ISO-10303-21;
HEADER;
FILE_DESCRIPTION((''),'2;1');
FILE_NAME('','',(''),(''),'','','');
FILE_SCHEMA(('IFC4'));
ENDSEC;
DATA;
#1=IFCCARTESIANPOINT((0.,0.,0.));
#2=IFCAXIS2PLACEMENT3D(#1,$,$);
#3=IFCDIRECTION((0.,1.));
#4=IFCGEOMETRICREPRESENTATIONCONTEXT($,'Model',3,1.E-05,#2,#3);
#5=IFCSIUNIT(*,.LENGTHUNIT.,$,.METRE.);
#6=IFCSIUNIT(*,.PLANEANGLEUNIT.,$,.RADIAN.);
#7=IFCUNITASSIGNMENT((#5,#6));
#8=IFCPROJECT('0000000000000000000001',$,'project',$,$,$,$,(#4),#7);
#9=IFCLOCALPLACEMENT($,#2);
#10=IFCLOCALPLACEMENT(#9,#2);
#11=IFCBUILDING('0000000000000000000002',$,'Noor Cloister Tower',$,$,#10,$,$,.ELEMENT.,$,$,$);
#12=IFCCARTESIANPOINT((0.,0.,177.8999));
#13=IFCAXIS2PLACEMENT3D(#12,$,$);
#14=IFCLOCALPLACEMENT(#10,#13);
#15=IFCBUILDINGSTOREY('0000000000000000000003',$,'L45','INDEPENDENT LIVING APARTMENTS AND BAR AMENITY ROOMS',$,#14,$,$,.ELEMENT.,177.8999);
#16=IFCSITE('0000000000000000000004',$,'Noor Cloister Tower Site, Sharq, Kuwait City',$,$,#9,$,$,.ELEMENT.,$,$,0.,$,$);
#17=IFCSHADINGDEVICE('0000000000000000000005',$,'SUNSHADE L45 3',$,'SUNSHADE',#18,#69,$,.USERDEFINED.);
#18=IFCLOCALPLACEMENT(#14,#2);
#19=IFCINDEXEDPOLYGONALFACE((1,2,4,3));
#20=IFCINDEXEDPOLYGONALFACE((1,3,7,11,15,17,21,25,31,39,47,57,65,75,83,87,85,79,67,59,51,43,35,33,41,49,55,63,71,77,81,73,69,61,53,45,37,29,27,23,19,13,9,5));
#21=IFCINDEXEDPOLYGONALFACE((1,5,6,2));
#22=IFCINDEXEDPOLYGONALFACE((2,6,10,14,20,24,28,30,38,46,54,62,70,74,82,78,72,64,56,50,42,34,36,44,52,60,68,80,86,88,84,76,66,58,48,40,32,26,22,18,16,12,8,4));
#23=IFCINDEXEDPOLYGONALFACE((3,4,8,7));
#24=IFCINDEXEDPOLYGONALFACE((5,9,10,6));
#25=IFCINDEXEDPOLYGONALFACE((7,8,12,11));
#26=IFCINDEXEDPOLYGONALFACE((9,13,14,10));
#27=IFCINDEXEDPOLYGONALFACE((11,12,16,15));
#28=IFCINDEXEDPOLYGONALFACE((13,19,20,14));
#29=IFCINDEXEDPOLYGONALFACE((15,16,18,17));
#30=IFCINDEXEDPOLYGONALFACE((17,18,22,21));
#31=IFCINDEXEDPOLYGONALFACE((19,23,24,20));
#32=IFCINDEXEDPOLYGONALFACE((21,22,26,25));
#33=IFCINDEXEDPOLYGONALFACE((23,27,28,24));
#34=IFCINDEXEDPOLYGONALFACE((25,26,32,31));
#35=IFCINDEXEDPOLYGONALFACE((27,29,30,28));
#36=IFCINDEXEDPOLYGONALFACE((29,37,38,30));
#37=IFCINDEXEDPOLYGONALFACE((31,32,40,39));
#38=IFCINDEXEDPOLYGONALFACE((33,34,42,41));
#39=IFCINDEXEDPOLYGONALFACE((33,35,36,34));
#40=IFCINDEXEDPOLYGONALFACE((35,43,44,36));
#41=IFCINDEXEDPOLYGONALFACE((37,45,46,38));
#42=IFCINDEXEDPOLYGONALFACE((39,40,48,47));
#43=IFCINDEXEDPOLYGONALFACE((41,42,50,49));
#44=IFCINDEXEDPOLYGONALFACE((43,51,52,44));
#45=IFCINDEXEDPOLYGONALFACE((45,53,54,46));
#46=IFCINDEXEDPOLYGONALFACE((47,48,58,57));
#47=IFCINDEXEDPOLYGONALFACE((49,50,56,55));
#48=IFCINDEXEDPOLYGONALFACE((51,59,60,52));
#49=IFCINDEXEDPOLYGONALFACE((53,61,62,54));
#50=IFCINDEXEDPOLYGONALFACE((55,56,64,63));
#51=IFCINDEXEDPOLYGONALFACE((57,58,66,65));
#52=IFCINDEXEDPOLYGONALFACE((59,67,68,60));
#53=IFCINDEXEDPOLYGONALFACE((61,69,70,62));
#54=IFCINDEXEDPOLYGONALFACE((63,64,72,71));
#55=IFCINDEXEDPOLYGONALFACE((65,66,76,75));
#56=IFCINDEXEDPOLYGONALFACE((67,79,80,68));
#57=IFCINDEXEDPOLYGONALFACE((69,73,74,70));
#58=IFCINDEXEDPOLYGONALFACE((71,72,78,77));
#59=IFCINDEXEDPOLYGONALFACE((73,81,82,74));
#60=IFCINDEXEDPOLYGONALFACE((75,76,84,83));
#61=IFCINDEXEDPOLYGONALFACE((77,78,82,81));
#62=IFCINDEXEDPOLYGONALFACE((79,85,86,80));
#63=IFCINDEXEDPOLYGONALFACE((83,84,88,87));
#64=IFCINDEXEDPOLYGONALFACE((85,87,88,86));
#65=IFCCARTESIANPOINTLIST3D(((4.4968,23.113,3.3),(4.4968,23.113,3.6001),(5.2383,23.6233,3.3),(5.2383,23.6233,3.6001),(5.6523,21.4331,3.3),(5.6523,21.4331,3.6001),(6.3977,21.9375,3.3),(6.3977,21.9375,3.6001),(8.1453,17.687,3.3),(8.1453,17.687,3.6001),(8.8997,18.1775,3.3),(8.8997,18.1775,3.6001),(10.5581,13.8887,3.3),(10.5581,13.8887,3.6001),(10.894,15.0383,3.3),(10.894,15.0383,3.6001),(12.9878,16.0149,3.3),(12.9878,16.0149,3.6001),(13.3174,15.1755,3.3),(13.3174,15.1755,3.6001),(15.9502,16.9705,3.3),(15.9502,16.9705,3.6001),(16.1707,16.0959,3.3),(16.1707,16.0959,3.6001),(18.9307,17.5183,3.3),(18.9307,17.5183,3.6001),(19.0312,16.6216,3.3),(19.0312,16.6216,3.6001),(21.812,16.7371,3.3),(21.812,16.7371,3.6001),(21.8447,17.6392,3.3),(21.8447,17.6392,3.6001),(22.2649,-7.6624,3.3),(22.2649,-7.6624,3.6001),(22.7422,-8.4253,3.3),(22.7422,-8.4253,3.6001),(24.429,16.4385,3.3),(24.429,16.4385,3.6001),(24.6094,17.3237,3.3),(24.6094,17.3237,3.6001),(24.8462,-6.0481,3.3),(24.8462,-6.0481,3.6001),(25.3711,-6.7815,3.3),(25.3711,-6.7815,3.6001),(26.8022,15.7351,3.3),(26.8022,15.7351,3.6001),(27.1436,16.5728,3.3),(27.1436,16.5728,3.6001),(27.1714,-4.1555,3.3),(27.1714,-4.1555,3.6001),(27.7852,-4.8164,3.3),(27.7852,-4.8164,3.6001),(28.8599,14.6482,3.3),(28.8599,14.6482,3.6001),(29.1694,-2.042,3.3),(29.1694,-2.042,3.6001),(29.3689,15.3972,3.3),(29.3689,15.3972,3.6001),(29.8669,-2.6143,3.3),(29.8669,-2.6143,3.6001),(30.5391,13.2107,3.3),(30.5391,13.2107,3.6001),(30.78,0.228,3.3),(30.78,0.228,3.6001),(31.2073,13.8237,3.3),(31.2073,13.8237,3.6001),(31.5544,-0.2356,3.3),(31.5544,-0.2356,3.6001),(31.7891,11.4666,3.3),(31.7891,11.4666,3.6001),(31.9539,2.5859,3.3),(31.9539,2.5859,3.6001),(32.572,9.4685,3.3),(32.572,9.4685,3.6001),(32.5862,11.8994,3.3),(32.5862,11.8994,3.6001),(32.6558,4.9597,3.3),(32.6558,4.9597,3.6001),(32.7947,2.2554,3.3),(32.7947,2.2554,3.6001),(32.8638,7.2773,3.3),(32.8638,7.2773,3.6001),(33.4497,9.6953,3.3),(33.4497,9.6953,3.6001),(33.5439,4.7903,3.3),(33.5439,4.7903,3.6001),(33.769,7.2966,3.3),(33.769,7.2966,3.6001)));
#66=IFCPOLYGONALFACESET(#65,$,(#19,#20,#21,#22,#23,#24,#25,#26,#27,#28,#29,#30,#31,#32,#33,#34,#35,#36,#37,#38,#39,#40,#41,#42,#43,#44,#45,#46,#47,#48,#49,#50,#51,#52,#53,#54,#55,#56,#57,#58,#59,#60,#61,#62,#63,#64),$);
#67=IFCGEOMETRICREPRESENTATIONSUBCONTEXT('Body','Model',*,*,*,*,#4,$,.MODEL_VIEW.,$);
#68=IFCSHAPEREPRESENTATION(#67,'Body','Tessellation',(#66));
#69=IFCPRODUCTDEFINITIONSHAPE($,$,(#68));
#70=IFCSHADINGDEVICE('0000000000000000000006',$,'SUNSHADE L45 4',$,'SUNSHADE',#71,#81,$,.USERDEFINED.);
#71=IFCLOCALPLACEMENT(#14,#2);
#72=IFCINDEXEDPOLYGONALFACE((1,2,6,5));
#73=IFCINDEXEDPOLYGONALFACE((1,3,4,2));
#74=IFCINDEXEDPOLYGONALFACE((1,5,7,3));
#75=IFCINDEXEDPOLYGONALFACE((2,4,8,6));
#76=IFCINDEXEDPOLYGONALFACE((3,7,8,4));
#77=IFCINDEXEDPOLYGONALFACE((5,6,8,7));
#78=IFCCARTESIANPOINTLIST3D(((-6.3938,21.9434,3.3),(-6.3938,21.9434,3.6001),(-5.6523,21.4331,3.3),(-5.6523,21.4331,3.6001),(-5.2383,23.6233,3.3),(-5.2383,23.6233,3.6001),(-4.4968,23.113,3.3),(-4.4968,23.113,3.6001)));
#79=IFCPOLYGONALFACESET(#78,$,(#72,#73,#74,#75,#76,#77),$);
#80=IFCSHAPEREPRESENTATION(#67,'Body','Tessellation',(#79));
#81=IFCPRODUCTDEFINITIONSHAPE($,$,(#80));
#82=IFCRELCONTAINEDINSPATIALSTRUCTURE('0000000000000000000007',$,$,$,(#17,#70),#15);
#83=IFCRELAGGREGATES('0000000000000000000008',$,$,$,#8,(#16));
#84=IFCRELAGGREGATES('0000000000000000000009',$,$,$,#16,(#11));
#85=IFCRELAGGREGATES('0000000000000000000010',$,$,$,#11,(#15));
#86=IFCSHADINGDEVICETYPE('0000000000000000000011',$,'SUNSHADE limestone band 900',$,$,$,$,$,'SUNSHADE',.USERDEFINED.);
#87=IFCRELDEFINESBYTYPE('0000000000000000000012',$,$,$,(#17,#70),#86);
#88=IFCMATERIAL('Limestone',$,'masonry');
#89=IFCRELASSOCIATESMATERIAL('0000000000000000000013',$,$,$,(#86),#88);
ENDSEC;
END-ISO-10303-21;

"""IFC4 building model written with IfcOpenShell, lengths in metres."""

from ifc_helpers import new_model, si_unit, direction, frame, origin, place, context, subcontext, project, spatial, polyline, outline, extrude, material, type_object, element, save


model = new_model("IFC4")

# Units and contexts
model_context = context("Model", 3, precision=1e-05, world=origin(), true_north=direction((0.0, 1.0)))
body_context = subcontext(model_context, "Body", "Model", "MODEL_VIEW")
ifc_project = project(units=[si_unit("LENGTHUNIT", "METRE"), si_unit("PLANEANGLEUNIT", "RADIAN")], contexts=[model_context])

# Site, building, storey
site_placement = place(None, origin())
site = spatial("IfcSite", under=ifc_project, at=site_placement, Name="Noor Cloister Tower Site, Sharq, Kuwait City", CompositionType="ELEMENT", RefElevation=0.0)
building_placement = place(site_placement, origin())
building = spatial("IfcBuilding", under=site, at=building_placement, Name="Noor Cloister Tower", CompositionType="ELEMENT")
storey_placement = place(building_placement, frame((0.0, 0.0, 177.8999)))
storey = spatial("IfcBuildingStorey", under=building, at=storey_placement, Name="L45", Description="INDEPENDENT LIVING APARTMENTS AND BAR AMENITY ROOMS", CompositionType="ELEMENT", Elevation=177.8999)

# Shading devices
ifc_material_1 = material(Name="Limestone", Category="masonry")
shading_device_type = type_object("IfcShadingDeviceType", Name="SUNSHADE limestone band 900", ElementType="SUNSHADE", PredefinedType="USERDEFINED", material=ifc_material_1)
shading_device_1_placement = place(storey_placement, frame((0.0, 0.0, 3.3)))
element("IfcShadingDevice", 1, at=shading_device_1_placement, inside=storey, type_object=shading_device_type, Name="SUNSHADE L45 3", ObjectType="SUNSHADE", PredefinedType="USERDEFINED", context=body_context, shape_type="SweptSolid", body=[
    extrude(outline(polyline([(22.7422, -8.4253), (25.3711, -6.7815), (27.7852, -4.8164), (29.8669, -2.6143), (31.5544, -0.2356), (32.7947, 2.2554), (33.5439, 4.7903), (33.769, 7.2966), (33.4497, 9.6953), (32.5862, 11.8994), (31.2073, 13.8237), (29.3689, 15.3972), (27.1436, 16.5728), (24.6094, 17.3237), (21.8447, 17.6392), (18.9307, 17.5183), (15.9502, 16.9705), (12.9878, 16.0149), (10.894, 15.0383), (8.8997, 18.1775), (6.3977, 21.9375), (5.2383, 23.6233), (4.4968, 23.113), (5.6523, 21.4331), (8.1453, 17.687), (10.5581, 13.8887), (13.3174, 15.1755), (16.1707, 16.0959), (19.0312, 16.6216), (21.812, 16.7371), (24.429, 16.4385), (26.8022, 15.7351), (28.8599, 14.6482), (30.5391, 13.2107), (31.7891, 11.4666), (32.572, 9.4685), (32.8638, 7.2773), (32.6558, 4.9597), (31.9539, 2.5859), (30.78, 0.228), (29.1694, -2.042), (27.1714, -4.1555), (24.8462, -6.0481), (22.2649, -7.6624), (22.7422, -8.4253)])), origin(), (0.0, 0.0, 1.0), 0.3),
])
shading_device_2_placement = place(storey_placement, frame((0.0, 0.0, 3.3)))
element("IfcShadingDevice", 2, at=shading_device_2_placement, inside=storey, type_object=shading_device_type, Name="SUNSHADE L45 4", ObjectType="SUNSHADE", PredefinedType="USERDEFINED", context=body_context, shape_type="SweptSolid", body=[
    extrude(outline(polyline([(-5.2383, 23.6233), (-6.3938, 21.9434), (-5.6523, 21.4331), (-4.4968, 23.113), (-5.2383, 23.6233)])), origin(), (0.0, 0.0, 1.0), 0.3),
])

save(model, "model.ifc")
